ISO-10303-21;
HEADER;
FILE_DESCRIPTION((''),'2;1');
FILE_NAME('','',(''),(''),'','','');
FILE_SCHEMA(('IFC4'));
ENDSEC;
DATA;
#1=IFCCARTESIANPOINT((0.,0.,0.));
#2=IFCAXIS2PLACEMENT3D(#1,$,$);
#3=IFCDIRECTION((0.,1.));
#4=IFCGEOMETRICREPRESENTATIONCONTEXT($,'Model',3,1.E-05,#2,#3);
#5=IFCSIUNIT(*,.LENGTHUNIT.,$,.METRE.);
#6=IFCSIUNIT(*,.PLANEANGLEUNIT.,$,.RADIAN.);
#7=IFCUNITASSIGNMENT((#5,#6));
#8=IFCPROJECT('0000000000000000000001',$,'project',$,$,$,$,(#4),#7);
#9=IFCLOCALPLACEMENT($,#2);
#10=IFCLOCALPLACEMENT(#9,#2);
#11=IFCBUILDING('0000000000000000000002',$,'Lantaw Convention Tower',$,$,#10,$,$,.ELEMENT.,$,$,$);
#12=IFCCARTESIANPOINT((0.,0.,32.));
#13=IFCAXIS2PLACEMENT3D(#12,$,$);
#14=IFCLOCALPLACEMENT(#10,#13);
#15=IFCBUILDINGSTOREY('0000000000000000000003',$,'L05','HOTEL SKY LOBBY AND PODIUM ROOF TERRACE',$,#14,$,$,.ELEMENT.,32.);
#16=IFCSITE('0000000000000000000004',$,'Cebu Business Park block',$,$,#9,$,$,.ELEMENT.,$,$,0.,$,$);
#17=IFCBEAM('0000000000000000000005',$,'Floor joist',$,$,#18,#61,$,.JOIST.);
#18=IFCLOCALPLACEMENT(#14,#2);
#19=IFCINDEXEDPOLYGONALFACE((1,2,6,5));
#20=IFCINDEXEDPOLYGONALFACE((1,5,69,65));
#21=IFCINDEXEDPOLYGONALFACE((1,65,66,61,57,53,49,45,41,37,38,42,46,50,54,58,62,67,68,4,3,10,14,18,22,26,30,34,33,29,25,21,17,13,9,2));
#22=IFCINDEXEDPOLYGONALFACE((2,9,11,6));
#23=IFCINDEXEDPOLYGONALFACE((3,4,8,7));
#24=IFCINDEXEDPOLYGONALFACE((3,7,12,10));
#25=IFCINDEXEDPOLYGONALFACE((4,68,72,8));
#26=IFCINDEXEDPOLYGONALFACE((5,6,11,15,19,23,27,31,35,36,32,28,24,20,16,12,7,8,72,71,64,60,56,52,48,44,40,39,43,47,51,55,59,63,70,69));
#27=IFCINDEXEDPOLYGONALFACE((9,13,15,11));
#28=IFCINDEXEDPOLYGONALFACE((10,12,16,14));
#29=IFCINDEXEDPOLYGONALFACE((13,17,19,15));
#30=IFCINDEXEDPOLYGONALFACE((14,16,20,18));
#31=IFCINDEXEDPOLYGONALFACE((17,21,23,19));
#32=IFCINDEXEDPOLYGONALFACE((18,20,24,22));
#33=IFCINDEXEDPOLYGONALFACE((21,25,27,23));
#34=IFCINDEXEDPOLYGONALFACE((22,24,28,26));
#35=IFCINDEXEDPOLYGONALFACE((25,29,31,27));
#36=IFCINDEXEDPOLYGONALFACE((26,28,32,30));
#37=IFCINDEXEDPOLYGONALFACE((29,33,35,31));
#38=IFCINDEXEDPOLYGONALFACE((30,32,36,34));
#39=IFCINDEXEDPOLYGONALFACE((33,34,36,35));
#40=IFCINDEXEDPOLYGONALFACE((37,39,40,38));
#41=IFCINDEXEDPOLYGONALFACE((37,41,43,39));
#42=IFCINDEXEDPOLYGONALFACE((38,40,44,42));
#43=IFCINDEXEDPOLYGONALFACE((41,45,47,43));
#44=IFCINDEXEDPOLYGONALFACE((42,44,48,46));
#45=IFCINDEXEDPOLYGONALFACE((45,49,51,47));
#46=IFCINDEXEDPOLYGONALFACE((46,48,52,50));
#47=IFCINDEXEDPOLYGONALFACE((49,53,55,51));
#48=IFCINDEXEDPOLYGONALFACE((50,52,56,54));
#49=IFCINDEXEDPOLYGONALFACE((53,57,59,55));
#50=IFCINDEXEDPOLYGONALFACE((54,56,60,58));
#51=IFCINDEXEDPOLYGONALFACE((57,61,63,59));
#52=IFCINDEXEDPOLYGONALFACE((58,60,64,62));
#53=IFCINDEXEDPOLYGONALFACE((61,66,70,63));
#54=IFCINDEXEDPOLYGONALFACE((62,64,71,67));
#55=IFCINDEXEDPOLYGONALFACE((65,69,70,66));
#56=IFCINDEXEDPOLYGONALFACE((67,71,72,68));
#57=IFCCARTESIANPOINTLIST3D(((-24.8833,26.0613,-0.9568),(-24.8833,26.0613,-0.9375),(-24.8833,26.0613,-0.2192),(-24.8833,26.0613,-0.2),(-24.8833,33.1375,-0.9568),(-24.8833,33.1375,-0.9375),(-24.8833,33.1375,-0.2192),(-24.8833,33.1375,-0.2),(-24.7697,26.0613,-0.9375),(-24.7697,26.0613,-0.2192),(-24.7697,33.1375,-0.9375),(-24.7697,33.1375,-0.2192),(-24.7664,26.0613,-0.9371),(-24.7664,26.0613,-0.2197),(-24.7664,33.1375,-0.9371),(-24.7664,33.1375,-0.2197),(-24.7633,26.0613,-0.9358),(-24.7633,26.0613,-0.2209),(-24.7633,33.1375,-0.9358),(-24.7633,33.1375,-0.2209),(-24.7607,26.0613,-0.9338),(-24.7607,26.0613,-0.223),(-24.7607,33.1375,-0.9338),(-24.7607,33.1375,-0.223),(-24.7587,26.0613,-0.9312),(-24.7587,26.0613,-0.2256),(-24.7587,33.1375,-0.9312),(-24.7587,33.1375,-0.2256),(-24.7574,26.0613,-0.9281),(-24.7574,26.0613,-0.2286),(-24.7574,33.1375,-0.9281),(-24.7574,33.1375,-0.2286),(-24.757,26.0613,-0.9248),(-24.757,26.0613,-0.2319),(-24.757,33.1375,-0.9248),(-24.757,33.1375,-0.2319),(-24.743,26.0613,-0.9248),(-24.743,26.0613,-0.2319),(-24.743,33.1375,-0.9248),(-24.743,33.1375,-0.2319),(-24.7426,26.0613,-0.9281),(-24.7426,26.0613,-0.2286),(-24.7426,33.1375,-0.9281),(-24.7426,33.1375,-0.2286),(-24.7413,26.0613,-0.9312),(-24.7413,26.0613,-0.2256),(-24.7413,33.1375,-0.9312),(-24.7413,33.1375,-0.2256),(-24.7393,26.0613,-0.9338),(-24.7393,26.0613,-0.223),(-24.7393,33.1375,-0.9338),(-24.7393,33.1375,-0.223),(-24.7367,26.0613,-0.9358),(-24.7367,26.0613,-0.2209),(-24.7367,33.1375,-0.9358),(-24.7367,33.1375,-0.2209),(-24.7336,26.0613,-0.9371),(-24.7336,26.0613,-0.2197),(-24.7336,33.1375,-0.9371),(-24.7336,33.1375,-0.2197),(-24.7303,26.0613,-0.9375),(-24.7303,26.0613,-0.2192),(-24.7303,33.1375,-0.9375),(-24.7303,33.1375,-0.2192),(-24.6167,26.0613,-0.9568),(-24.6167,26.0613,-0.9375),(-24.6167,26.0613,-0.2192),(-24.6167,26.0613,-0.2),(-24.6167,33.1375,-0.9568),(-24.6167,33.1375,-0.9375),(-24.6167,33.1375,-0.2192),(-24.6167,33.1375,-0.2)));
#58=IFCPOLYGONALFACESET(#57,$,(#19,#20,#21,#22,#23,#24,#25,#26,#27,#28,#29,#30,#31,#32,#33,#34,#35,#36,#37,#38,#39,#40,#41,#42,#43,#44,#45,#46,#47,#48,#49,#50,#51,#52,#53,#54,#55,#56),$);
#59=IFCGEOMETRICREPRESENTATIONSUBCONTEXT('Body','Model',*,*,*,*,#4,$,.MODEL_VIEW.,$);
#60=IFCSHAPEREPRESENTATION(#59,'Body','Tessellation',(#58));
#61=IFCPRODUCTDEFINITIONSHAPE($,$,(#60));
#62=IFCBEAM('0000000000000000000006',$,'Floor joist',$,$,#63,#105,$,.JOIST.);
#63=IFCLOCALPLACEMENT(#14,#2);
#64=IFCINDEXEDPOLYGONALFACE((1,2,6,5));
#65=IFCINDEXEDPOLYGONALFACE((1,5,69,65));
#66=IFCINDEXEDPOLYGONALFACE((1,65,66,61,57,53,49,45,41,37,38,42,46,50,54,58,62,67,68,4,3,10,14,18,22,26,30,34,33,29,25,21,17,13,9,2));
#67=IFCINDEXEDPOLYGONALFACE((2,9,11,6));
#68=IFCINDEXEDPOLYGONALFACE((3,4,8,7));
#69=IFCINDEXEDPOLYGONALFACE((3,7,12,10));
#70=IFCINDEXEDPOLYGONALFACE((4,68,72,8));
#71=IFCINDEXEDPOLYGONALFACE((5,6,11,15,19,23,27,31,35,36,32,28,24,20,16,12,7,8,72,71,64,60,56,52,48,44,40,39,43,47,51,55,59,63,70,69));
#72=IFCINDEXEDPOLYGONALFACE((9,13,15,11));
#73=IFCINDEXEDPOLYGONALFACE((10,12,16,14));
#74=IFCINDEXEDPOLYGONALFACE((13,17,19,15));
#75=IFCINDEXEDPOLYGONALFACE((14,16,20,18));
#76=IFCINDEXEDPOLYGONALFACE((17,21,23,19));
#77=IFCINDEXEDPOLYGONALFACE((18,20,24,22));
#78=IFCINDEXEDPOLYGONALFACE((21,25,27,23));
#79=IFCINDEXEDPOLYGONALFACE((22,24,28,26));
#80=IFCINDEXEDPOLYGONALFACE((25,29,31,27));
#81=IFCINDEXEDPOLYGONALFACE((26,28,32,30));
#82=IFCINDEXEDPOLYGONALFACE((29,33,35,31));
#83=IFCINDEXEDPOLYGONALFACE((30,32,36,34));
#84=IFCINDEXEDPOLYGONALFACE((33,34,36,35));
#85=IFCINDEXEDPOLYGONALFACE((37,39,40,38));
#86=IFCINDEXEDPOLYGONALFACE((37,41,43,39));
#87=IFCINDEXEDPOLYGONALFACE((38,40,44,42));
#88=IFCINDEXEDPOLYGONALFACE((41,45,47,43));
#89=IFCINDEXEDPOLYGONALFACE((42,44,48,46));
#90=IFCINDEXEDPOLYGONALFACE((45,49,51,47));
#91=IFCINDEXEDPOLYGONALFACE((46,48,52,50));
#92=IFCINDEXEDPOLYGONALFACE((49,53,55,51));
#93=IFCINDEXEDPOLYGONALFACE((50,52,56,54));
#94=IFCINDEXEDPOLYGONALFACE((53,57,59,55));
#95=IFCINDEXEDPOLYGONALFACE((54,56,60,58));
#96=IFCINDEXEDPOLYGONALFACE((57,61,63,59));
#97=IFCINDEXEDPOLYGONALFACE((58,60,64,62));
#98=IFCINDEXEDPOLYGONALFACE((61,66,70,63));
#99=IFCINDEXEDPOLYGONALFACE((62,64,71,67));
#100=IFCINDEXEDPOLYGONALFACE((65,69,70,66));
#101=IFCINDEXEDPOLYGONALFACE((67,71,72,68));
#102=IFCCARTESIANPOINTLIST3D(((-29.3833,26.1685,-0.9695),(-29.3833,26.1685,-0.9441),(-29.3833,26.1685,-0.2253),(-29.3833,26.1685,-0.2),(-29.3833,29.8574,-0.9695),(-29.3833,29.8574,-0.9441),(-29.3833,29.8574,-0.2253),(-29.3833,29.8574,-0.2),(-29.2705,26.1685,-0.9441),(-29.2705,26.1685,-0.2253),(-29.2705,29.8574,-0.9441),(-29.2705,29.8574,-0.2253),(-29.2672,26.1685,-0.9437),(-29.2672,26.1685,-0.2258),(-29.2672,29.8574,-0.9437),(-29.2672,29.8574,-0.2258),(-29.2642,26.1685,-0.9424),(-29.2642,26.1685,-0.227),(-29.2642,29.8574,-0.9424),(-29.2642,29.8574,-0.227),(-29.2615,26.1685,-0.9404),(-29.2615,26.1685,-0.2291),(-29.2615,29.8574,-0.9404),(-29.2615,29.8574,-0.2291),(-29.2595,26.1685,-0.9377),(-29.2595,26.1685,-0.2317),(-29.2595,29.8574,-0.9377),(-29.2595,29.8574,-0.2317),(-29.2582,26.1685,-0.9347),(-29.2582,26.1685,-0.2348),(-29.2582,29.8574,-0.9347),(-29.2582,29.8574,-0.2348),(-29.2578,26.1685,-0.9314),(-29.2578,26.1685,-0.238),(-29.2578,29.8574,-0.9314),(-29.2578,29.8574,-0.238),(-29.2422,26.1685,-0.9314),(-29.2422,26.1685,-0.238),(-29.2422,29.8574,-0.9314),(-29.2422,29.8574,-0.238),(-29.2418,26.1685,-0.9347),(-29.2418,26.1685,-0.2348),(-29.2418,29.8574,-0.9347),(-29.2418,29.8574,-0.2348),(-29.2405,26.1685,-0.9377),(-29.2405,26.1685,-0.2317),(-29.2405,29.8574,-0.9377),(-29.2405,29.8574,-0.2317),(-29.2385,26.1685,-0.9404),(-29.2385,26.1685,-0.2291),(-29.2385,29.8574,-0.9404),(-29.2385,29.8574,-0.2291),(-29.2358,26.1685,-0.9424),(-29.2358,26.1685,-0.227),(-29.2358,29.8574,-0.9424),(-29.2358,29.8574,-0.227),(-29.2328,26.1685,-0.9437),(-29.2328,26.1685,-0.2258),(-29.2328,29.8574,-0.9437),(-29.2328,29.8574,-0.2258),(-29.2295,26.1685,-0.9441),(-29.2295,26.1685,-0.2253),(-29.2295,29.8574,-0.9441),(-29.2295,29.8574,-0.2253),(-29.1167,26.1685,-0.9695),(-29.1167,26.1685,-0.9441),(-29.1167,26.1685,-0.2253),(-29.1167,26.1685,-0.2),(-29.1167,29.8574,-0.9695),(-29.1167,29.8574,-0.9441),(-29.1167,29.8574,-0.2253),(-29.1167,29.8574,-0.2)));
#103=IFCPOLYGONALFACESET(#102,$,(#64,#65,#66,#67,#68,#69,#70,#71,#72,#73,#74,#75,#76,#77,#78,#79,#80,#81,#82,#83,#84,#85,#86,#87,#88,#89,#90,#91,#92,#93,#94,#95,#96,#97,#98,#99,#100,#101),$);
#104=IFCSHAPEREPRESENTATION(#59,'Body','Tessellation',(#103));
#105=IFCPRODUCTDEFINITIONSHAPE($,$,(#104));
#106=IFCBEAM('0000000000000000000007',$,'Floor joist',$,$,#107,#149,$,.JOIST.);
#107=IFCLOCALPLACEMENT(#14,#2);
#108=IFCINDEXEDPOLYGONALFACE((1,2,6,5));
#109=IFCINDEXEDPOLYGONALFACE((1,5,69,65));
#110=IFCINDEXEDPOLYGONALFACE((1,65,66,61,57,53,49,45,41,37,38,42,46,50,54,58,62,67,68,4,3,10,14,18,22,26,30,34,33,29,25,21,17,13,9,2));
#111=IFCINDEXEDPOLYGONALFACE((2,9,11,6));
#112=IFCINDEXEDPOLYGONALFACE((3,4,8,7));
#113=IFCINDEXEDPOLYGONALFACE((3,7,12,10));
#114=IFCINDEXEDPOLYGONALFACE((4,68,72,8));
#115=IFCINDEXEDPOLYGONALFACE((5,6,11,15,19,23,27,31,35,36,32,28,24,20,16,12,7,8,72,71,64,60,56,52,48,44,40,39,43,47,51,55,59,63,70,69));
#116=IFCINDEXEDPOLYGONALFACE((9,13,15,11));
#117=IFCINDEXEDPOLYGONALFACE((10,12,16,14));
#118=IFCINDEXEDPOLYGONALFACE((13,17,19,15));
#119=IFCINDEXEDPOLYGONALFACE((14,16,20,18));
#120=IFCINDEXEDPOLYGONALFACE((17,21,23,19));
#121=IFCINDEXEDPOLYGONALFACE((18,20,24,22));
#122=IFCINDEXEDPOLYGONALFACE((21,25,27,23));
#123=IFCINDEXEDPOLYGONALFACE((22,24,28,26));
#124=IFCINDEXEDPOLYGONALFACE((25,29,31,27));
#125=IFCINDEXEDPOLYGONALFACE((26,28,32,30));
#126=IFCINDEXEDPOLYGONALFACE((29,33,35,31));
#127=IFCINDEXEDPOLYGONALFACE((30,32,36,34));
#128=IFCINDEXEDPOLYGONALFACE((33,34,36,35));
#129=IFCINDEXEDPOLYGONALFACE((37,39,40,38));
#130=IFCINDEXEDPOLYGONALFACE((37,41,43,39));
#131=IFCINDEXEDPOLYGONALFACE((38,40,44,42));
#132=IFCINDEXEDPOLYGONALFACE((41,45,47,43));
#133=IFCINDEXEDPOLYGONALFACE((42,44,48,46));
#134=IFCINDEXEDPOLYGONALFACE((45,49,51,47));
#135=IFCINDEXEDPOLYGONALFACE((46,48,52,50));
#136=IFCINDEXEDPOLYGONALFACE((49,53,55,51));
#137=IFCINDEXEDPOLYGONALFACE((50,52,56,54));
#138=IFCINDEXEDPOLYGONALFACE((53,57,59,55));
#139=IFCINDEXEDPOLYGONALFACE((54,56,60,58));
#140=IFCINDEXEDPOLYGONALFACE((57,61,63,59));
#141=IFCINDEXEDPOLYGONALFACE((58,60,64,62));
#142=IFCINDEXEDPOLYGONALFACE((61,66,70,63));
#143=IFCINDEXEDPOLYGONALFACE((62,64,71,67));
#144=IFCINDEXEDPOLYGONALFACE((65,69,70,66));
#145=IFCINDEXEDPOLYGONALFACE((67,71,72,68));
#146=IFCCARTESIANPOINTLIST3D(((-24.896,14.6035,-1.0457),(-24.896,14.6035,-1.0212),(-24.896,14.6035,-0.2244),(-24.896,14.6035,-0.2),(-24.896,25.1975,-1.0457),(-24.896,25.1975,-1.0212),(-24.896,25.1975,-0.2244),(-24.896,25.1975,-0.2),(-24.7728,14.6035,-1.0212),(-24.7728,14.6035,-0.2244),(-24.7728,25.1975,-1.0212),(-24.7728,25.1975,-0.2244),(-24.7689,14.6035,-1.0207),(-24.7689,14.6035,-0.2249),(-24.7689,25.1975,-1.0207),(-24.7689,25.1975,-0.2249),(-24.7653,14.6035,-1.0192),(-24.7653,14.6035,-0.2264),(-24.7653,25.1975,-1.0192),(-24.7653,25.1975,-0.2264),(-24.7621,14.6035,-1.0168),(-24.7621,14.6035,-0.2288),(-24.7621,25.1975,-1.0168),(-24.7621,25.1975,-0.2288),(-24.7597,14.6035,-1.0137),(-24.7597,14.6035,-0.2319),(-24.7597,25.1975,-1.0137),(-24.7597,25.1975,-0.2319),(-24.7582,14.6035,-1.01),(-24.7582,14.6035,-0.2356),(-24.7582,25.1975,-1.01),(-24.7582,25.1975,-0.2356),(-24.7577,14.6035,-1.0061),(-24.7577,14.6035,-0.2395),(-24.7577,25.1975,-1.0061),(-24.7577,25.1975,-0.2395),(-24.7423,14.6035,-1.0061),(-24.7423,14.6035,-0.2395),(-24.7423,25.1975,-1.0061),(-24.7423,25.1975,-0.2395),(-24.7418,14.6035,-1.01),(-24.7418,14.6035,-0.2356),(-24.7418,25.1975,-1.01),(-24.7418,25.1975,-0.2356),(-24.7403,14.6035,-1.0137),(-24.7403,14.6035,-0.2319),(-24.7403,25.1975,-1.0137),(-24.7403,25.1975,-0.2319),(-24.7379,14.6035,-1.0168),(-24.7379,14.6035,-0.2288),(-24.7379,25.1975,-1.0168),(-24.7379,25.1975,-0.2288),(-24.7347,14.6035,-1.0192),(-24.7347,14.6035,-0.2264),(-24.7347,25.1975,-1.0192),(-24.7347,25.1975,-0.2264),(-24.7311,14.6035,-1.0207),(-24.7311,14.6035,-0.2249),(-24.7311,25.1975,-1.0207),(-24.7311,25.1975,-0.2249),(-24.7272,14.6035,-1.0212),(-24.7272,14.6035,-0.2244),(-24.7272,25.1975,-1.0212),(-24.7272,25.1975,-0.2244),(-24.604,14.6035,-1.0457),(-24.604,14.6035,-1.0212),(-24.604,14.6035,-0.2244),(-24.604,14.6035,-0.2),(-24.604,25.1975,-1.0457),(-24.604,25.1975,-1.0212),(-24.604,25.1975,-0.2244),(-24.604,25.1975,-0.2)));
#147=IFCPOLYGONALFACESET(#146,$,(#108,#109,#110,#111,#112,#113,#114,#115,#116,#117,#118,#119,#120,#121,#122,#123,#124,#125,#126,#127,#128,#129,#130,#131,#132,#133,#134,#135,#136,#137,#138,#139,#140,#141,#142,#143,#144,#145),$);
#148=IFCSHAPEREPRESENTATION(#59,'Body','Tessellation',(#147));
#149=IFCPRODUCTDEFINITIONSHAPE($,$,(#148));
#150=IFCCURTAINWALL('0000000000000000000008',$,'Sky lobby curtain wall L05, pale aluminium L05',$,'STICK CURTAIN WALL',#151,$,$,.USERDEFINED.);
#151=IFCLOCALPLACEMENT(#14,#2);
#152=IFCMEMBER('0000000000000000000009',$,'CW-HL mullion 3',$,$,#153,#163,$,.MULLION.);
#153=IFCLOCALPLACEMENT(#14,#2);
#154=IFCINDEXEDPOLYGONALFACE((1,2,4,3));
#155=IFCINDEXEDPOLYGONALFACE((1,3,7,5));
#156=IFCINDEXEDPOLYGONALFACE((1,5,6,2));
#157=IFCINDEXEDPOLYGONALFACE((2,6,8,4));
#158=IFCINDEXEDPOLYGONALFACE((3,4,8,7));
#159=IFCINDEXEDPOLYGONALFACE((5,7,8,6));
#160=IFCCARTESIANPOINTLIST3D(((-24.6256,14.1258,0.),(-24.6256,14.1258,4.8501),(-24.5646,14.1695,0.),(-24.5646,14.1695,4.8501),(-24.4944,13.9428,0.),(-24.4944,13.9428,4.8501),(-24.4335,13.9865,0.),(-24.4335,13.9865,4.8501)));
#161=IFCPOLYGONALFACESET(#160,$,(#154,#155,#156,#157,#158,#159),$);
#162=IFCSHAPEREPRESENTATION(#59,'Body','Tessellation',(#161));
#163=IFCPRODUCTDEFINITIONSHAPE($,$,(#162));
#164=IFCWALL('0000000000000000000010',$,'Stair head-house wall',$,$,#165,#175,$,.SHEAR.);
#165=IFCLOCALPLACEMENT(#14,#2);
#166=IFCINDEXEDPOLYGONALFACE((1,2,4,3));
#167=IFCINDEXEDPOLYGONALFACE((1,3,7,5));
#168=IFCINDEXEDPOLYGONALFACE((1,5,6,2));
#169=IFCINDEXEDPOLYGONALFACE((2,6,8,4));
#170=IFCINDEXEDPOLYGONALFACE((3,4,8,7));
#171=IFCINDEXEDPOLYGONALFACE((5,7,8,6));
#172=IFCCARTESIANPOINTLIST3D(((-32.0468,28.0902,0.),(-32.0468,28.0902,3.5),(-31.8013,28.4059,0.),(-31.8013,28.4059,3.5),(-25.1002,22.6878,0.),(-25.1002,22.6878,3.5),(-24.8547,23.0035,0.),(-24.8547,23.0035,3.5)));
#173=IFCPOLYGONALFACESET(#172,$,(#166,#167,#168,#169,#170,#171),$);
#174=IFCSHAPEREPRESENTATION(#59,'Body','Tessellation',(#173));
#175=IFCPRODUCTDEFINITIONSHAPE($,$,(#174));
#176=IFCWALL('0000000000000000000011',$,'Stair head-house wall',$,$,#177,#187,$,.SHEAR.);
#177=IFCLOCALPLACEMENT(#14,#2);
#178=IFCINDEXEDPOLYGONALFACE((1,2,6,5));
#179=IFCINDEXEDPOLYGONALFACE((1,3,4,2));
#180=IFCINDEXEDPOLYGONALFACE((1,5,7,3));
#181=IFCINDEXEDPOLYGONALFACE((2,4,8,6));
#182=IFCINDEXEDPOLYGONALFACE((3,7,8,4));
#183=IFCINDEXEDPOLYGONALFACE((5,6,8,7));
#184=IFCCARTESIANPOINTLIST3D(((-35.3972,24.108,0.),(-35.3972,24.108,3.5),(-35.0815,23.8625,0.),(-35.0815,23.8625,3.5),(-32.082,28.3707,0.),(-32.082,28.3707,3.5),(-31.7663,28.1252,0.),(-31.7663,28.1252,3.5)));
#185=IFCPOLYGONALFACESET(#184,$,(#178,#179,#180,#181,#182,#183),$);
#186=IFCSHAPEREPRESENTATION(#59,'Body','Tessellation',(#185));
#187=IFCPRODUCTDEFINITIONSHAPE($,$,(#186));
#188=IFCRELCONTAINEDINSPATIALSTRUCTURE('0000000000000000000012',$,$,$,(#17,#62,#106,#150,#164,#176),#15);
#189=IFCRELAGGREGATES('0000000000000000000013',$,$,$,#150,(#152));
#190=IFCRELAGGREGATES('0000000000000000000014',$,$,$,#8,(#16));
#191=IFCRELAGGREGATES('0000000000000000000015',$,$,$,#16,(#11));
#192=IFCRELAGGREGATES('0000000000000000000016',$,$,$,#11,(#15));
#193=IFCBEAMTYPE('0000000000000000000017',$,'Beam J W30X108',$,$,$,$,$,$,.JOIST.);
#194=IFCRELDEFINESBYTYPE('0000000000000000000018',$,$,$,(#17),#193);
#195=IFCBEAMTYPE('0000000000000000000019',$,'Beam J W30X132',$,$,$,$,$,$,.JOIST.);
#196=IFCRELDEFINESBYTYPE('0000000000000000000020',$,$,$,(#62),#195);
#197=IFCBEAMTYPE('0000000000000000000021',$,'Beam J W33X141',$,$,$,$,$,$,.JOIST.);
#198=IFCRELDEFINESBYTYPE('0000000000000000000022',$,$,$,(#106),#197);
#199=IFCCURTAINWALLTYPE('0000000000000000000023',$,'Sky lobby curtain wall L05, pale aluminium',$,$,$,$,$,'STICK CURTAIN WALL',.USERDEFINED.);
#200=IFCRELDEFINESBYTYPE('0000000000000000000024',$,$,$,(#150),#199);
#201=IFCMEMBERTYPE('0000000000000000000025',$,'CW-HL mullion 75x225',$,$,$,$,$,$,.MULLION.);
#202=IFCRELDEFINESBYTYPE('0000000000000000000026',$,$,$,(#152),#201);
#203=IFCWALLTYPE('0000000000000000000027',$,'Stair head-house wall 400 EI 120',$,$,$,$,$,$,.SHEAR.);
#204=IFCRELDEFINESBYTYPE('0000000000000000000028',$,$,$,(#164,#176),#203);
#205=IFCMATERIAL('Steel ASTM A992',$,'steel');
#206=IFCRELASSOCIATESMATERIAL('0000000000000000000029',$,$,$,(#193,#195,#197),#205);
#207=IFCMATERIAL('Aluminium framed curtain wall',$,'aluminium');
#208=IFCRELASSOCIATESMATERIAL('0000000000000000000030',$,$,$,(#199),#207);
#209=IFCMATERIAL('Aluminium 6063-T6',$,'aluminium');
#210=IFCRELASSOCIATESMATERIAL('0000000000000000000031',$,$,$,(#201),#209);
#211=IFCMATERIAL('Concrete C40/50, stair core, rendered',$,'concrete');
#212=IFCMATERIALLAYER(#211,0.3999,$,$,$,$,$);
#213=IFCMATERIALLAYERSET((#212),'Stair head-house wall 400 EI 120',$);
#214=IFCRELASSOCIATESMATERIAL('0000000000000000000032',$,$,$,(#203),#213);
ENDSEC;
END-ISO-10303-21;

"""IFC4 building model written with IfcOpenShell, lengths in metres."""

from ifc_helpers import new_model, si_unit, direction, frame, frame_2d, origin, origin_2d, place, context, subcontext, project, spatial, rectangle, i_section, extrude, material, layer, layer_set, material_profile, profile_set, type_object, element, aggregate, save


model = new_model("IFC4")

# Units and contexts
model_context = context("Model", 3, precision=1e-05, world=origin(), true_north=direction((0.0, 1.0)))
body_context = subcontext(model_context, "Body", "Model", "MODEL_VIEW")
ifc_project = project(units=[si_unit("LENGTHUNIT", "METRE"), si_unit("PLANEANGLEUNIT", "RADIAN")], contexts=[model_context])

# Site, building, storey
site_placement = place(None, origin())
site = spatial("IfcSite", under=ifc_project, at=site_placement, Name="Cebu Business Park block", CompositionType="ELEMENT", RefElevation=0.0)
building_placement = place(site_placement, origin())
building = spatial("IfcBuilding", under=site, at=building_placement, Name="Lantaw Convention Tower", CompositionType="ELEMENT")
storey_placement = place(building_placement, frame((0.0, 0.0, 32.0)))
storey = spatial("IfcBuildingStorey", under=building, at=storey_placement, Name="L05", Description="HOTEL SKY LOBBY AND PODIUM ROOF TERRACE", CompositionType="ELEMENT", Elevation=32.0)

# Beams
ifc_material_1 = material(Name="Steel ASTM A992", Category="steel")
ifc_material_profile_1 = material_profile(ifc_material_1, i_section(OverallWidth=0.2666, OverallDepth=0.7568, WebThickness=0.0139, FlangeThickness=0.0193, FilletRadius=0.0127, at=origin_2d()), Name="W30X108")
ifc_profile_set_1 = profile_set([ifc_material_profile_1], Name="Steel ASTM A992")
beam_type_1 = type_object("IfcBeamType", Name="Beam J W30X108", PredefinedType="JOIST", material=ifc_profile_set_1)
beam_1_placement = place(storey_placement, frame((-24.75, 26.0613, -0.5784), z_axis=(0.0, 1.0, 0.0), x_axis=(-1.0, 0.0, 0.0)))
element("IfcBeam", 1, at=beam_1_placement, inside=storey, type_object=beam_type_1, Name="Floor joist", PredefinedType="JOIST", context=body_context, shape_type="SweptSolid", body=[
    extrude(i_section(OverallWidth=0.2666, OverallDepth=0.7568, WebThickness=0.0139, FlangeThickness=0.0193, FilletRadius=0.0127, at=origin_2d()), origin(), (0.0, 0.0, 1.0), 7.0762),
])
ifc_material_profile_2 = material_profile(ifc_material_1, i_section(OverallWidth=0.2666, OverallDepth=0.7695, WebThickness=0.0156, FlangeThickness=0.0254, FilletRadius=0.0127, at=origin_2d()), Name="W30X132")
ifc_profile_set_2 = profile_set([ifc_material_profile_2], Name="Steel ASTM A992")
beam_type_2 = type_object("IfcBeamType", Name="Beam J W30X132", PredefinedType="JOIST", material=ifc_profile_set_2)
beam_2_placement = place(storey_placement, frame((-29.25, 26.1685, -0.5847), z_axis=(0.0, 1.0, 0.0), x_axis=(-1.0, 0.0, 0.0)))
element("IfcBeam", 2, at=beam_2_placement, inside=storey, type_object=beam_type_2, Name="Floor joist", PredefinedType="JOIST", context=body_context, shape_type="SweptSolid", body=[
    extrude(i_section(OverallWidth=0.2666, OverallDepth=0.7695, WebThickness=0.0156, FlangeThickness=0.0254, FilletRadius=0.0127, at=origin_2d()), origin(), (0.0, 0.0, 1.0), 3.689),
])
ifc_material_profile_3 = material_profile(ifc_material_1, i_section(OverallWidth=0.292, OverallDepth=0.8457, WebThickness=0.0154, FlangeThickness=0.0244, FilletRadius=0.0151, at=origin_2d()), Name="W33X141")
ifc_profile_set_3 = profile_set([ifc_material_profile_3], Name="Steel ASTM A992")
beam_type_3 = type_object("IfcBeamType", Name="Beam J W33X141", PredefinedType="JOIST", material=ifc_profile_set_3)
beam_3_placement = place(storey_placement, frame((-24.75, 14.6035, -0.6228), z_axis=(0.0, 1.0, 0.0), x_axis=(-1.0, 0.0, 0.0)))
element("IfcBeam", 3, at=beam_3_placement, inside=storey, type_object=beam_type_3, Name="Floor joist", PredefinedType="JOIST", context=body_context, shape_type="SweptSolid", body=[
    extrude(i_section(OverallWidth=0.292, OverallDepth=0.8457, WebThickness=0.0154, FlangeThickness=0.0244, FilletRadius=0.0151, at=origin_2d()), origin(), (0.0, 0.0, 1.0), 10.594),
])

# Curtain wall, member
ifc_material_2 = material(Name="Aluminium framed curtain wall", Category="aluminium")
curtain_wall_type = type_object("IfcCurtainWallType", Name="Sky lobby curtain wall L05, pale aluminium", ElementType="STICK CURTAIN WALL", PredefinedType="USERDEFINED", material=ifc_material_2)
curtain_wall_placement = place(storey_placement, origin())
curtain_wall = element("IfcCurtainWall", 4, at=curtain_wall_placement, inside=storey, type_object=curtain_wall_type, Name="Sky lobby curtain wall L05, pale aluminium L05", ObjectType="STICK CURTAIN WALL", PredefinedType="USERDEFINED")
ifc_material_3 = material(Name="Aluminium 6063-T6", Category="aluminium")
ifc_material_profile_4 = material_profile(ifc_material_3, rectangle(XDim=0.2251, YDim=0.075, at=origin_2d()), Name="CW-HL mullion 75x225")
ifc_profile_set_4 = profile_set([ifc_material_profile_4], Name="Aluminium 6063-T6")
member_type = type_object("IfcMemberType", Name="CW-HL mullion 75x225", PredefinedType="MULLION", material=ifc_profile_set_4)
member_placement = place(storey_placement, frame((-24.5295, 14.0562, 0.0), z_axis=(0.0, 0.0, 1.0), x_axis=(0.582538, -0.812804, 0.0)))
member = element("IfcMember", 5, at=member_placement, type_object=member_type, Name="CW-HL mullion 3", PredefinedType="MULLION", context=body_context, shape_type="SweptSolid", body=[
    extrude(rectangle(XDim=0.2251, YDim=0.075, at=origin_2d()), origin(), (0.0, 0.0, 1.0), 4.8501),
])
aggregate(curtain_wall, [member])

# Walls
ifc_material_4 = material(Name="Concrete C40/50, stair core, rendered", Category="concrete")
ifc_layer = layer(ifc_material_4, 0.3999)
ifc_layer_set = layer_set([ifc_layer], Name="Stair head-house wall 400 EI 120")
wall_type = type_object("IfcWallType", Name="Stair head-house wall 400 EI 120", PredefinedType="SHEAR", material=ifc_layer_set)
wall_1_placement = place(storey_placement, frame((-24.9775, 22.8457, 0.0), z_axis=(0.0, 0.0, 1.0), x_axis=(-0.789381, 0.613904, 0.0)))
element("IfcWall", 6, at=wall_1_placement, inside=storey, type_object=wall_type, Name="Stair head-house wall", PredefinedType="SHEAR", context=body_context, shape_type="SweptSolid", body=[
    extrude(rectangle(XDim=8.8, YDim=0.3999, at=frame_2d((4.3999, 0.0))), origin(), (0.0, 0.0, 1.0), 3.5),
])
wall_2_placement = place(storey_placement, frame((-31.9241, 28.248, 0.0), z_axis=(0.0, 0.0, 1.0), x_axis=(-0.613912, -0.789374, 0.0)))
element("IfcWall", 7, at=wall_2_placement, inside=storey, type_object=wall_type, Name="Stair head-house wall", PredefinedType="SHEAR", context=body_context, shape_type="SweptSolid", body=[
    extrude(rectangle(XDim=5.4001, YDim=0.3999, at=frame_2d((2.7002, 0.0))), origin(), (0.0, 0.0, 1.0), 3.5),
])

save(model, "model.ifc")
